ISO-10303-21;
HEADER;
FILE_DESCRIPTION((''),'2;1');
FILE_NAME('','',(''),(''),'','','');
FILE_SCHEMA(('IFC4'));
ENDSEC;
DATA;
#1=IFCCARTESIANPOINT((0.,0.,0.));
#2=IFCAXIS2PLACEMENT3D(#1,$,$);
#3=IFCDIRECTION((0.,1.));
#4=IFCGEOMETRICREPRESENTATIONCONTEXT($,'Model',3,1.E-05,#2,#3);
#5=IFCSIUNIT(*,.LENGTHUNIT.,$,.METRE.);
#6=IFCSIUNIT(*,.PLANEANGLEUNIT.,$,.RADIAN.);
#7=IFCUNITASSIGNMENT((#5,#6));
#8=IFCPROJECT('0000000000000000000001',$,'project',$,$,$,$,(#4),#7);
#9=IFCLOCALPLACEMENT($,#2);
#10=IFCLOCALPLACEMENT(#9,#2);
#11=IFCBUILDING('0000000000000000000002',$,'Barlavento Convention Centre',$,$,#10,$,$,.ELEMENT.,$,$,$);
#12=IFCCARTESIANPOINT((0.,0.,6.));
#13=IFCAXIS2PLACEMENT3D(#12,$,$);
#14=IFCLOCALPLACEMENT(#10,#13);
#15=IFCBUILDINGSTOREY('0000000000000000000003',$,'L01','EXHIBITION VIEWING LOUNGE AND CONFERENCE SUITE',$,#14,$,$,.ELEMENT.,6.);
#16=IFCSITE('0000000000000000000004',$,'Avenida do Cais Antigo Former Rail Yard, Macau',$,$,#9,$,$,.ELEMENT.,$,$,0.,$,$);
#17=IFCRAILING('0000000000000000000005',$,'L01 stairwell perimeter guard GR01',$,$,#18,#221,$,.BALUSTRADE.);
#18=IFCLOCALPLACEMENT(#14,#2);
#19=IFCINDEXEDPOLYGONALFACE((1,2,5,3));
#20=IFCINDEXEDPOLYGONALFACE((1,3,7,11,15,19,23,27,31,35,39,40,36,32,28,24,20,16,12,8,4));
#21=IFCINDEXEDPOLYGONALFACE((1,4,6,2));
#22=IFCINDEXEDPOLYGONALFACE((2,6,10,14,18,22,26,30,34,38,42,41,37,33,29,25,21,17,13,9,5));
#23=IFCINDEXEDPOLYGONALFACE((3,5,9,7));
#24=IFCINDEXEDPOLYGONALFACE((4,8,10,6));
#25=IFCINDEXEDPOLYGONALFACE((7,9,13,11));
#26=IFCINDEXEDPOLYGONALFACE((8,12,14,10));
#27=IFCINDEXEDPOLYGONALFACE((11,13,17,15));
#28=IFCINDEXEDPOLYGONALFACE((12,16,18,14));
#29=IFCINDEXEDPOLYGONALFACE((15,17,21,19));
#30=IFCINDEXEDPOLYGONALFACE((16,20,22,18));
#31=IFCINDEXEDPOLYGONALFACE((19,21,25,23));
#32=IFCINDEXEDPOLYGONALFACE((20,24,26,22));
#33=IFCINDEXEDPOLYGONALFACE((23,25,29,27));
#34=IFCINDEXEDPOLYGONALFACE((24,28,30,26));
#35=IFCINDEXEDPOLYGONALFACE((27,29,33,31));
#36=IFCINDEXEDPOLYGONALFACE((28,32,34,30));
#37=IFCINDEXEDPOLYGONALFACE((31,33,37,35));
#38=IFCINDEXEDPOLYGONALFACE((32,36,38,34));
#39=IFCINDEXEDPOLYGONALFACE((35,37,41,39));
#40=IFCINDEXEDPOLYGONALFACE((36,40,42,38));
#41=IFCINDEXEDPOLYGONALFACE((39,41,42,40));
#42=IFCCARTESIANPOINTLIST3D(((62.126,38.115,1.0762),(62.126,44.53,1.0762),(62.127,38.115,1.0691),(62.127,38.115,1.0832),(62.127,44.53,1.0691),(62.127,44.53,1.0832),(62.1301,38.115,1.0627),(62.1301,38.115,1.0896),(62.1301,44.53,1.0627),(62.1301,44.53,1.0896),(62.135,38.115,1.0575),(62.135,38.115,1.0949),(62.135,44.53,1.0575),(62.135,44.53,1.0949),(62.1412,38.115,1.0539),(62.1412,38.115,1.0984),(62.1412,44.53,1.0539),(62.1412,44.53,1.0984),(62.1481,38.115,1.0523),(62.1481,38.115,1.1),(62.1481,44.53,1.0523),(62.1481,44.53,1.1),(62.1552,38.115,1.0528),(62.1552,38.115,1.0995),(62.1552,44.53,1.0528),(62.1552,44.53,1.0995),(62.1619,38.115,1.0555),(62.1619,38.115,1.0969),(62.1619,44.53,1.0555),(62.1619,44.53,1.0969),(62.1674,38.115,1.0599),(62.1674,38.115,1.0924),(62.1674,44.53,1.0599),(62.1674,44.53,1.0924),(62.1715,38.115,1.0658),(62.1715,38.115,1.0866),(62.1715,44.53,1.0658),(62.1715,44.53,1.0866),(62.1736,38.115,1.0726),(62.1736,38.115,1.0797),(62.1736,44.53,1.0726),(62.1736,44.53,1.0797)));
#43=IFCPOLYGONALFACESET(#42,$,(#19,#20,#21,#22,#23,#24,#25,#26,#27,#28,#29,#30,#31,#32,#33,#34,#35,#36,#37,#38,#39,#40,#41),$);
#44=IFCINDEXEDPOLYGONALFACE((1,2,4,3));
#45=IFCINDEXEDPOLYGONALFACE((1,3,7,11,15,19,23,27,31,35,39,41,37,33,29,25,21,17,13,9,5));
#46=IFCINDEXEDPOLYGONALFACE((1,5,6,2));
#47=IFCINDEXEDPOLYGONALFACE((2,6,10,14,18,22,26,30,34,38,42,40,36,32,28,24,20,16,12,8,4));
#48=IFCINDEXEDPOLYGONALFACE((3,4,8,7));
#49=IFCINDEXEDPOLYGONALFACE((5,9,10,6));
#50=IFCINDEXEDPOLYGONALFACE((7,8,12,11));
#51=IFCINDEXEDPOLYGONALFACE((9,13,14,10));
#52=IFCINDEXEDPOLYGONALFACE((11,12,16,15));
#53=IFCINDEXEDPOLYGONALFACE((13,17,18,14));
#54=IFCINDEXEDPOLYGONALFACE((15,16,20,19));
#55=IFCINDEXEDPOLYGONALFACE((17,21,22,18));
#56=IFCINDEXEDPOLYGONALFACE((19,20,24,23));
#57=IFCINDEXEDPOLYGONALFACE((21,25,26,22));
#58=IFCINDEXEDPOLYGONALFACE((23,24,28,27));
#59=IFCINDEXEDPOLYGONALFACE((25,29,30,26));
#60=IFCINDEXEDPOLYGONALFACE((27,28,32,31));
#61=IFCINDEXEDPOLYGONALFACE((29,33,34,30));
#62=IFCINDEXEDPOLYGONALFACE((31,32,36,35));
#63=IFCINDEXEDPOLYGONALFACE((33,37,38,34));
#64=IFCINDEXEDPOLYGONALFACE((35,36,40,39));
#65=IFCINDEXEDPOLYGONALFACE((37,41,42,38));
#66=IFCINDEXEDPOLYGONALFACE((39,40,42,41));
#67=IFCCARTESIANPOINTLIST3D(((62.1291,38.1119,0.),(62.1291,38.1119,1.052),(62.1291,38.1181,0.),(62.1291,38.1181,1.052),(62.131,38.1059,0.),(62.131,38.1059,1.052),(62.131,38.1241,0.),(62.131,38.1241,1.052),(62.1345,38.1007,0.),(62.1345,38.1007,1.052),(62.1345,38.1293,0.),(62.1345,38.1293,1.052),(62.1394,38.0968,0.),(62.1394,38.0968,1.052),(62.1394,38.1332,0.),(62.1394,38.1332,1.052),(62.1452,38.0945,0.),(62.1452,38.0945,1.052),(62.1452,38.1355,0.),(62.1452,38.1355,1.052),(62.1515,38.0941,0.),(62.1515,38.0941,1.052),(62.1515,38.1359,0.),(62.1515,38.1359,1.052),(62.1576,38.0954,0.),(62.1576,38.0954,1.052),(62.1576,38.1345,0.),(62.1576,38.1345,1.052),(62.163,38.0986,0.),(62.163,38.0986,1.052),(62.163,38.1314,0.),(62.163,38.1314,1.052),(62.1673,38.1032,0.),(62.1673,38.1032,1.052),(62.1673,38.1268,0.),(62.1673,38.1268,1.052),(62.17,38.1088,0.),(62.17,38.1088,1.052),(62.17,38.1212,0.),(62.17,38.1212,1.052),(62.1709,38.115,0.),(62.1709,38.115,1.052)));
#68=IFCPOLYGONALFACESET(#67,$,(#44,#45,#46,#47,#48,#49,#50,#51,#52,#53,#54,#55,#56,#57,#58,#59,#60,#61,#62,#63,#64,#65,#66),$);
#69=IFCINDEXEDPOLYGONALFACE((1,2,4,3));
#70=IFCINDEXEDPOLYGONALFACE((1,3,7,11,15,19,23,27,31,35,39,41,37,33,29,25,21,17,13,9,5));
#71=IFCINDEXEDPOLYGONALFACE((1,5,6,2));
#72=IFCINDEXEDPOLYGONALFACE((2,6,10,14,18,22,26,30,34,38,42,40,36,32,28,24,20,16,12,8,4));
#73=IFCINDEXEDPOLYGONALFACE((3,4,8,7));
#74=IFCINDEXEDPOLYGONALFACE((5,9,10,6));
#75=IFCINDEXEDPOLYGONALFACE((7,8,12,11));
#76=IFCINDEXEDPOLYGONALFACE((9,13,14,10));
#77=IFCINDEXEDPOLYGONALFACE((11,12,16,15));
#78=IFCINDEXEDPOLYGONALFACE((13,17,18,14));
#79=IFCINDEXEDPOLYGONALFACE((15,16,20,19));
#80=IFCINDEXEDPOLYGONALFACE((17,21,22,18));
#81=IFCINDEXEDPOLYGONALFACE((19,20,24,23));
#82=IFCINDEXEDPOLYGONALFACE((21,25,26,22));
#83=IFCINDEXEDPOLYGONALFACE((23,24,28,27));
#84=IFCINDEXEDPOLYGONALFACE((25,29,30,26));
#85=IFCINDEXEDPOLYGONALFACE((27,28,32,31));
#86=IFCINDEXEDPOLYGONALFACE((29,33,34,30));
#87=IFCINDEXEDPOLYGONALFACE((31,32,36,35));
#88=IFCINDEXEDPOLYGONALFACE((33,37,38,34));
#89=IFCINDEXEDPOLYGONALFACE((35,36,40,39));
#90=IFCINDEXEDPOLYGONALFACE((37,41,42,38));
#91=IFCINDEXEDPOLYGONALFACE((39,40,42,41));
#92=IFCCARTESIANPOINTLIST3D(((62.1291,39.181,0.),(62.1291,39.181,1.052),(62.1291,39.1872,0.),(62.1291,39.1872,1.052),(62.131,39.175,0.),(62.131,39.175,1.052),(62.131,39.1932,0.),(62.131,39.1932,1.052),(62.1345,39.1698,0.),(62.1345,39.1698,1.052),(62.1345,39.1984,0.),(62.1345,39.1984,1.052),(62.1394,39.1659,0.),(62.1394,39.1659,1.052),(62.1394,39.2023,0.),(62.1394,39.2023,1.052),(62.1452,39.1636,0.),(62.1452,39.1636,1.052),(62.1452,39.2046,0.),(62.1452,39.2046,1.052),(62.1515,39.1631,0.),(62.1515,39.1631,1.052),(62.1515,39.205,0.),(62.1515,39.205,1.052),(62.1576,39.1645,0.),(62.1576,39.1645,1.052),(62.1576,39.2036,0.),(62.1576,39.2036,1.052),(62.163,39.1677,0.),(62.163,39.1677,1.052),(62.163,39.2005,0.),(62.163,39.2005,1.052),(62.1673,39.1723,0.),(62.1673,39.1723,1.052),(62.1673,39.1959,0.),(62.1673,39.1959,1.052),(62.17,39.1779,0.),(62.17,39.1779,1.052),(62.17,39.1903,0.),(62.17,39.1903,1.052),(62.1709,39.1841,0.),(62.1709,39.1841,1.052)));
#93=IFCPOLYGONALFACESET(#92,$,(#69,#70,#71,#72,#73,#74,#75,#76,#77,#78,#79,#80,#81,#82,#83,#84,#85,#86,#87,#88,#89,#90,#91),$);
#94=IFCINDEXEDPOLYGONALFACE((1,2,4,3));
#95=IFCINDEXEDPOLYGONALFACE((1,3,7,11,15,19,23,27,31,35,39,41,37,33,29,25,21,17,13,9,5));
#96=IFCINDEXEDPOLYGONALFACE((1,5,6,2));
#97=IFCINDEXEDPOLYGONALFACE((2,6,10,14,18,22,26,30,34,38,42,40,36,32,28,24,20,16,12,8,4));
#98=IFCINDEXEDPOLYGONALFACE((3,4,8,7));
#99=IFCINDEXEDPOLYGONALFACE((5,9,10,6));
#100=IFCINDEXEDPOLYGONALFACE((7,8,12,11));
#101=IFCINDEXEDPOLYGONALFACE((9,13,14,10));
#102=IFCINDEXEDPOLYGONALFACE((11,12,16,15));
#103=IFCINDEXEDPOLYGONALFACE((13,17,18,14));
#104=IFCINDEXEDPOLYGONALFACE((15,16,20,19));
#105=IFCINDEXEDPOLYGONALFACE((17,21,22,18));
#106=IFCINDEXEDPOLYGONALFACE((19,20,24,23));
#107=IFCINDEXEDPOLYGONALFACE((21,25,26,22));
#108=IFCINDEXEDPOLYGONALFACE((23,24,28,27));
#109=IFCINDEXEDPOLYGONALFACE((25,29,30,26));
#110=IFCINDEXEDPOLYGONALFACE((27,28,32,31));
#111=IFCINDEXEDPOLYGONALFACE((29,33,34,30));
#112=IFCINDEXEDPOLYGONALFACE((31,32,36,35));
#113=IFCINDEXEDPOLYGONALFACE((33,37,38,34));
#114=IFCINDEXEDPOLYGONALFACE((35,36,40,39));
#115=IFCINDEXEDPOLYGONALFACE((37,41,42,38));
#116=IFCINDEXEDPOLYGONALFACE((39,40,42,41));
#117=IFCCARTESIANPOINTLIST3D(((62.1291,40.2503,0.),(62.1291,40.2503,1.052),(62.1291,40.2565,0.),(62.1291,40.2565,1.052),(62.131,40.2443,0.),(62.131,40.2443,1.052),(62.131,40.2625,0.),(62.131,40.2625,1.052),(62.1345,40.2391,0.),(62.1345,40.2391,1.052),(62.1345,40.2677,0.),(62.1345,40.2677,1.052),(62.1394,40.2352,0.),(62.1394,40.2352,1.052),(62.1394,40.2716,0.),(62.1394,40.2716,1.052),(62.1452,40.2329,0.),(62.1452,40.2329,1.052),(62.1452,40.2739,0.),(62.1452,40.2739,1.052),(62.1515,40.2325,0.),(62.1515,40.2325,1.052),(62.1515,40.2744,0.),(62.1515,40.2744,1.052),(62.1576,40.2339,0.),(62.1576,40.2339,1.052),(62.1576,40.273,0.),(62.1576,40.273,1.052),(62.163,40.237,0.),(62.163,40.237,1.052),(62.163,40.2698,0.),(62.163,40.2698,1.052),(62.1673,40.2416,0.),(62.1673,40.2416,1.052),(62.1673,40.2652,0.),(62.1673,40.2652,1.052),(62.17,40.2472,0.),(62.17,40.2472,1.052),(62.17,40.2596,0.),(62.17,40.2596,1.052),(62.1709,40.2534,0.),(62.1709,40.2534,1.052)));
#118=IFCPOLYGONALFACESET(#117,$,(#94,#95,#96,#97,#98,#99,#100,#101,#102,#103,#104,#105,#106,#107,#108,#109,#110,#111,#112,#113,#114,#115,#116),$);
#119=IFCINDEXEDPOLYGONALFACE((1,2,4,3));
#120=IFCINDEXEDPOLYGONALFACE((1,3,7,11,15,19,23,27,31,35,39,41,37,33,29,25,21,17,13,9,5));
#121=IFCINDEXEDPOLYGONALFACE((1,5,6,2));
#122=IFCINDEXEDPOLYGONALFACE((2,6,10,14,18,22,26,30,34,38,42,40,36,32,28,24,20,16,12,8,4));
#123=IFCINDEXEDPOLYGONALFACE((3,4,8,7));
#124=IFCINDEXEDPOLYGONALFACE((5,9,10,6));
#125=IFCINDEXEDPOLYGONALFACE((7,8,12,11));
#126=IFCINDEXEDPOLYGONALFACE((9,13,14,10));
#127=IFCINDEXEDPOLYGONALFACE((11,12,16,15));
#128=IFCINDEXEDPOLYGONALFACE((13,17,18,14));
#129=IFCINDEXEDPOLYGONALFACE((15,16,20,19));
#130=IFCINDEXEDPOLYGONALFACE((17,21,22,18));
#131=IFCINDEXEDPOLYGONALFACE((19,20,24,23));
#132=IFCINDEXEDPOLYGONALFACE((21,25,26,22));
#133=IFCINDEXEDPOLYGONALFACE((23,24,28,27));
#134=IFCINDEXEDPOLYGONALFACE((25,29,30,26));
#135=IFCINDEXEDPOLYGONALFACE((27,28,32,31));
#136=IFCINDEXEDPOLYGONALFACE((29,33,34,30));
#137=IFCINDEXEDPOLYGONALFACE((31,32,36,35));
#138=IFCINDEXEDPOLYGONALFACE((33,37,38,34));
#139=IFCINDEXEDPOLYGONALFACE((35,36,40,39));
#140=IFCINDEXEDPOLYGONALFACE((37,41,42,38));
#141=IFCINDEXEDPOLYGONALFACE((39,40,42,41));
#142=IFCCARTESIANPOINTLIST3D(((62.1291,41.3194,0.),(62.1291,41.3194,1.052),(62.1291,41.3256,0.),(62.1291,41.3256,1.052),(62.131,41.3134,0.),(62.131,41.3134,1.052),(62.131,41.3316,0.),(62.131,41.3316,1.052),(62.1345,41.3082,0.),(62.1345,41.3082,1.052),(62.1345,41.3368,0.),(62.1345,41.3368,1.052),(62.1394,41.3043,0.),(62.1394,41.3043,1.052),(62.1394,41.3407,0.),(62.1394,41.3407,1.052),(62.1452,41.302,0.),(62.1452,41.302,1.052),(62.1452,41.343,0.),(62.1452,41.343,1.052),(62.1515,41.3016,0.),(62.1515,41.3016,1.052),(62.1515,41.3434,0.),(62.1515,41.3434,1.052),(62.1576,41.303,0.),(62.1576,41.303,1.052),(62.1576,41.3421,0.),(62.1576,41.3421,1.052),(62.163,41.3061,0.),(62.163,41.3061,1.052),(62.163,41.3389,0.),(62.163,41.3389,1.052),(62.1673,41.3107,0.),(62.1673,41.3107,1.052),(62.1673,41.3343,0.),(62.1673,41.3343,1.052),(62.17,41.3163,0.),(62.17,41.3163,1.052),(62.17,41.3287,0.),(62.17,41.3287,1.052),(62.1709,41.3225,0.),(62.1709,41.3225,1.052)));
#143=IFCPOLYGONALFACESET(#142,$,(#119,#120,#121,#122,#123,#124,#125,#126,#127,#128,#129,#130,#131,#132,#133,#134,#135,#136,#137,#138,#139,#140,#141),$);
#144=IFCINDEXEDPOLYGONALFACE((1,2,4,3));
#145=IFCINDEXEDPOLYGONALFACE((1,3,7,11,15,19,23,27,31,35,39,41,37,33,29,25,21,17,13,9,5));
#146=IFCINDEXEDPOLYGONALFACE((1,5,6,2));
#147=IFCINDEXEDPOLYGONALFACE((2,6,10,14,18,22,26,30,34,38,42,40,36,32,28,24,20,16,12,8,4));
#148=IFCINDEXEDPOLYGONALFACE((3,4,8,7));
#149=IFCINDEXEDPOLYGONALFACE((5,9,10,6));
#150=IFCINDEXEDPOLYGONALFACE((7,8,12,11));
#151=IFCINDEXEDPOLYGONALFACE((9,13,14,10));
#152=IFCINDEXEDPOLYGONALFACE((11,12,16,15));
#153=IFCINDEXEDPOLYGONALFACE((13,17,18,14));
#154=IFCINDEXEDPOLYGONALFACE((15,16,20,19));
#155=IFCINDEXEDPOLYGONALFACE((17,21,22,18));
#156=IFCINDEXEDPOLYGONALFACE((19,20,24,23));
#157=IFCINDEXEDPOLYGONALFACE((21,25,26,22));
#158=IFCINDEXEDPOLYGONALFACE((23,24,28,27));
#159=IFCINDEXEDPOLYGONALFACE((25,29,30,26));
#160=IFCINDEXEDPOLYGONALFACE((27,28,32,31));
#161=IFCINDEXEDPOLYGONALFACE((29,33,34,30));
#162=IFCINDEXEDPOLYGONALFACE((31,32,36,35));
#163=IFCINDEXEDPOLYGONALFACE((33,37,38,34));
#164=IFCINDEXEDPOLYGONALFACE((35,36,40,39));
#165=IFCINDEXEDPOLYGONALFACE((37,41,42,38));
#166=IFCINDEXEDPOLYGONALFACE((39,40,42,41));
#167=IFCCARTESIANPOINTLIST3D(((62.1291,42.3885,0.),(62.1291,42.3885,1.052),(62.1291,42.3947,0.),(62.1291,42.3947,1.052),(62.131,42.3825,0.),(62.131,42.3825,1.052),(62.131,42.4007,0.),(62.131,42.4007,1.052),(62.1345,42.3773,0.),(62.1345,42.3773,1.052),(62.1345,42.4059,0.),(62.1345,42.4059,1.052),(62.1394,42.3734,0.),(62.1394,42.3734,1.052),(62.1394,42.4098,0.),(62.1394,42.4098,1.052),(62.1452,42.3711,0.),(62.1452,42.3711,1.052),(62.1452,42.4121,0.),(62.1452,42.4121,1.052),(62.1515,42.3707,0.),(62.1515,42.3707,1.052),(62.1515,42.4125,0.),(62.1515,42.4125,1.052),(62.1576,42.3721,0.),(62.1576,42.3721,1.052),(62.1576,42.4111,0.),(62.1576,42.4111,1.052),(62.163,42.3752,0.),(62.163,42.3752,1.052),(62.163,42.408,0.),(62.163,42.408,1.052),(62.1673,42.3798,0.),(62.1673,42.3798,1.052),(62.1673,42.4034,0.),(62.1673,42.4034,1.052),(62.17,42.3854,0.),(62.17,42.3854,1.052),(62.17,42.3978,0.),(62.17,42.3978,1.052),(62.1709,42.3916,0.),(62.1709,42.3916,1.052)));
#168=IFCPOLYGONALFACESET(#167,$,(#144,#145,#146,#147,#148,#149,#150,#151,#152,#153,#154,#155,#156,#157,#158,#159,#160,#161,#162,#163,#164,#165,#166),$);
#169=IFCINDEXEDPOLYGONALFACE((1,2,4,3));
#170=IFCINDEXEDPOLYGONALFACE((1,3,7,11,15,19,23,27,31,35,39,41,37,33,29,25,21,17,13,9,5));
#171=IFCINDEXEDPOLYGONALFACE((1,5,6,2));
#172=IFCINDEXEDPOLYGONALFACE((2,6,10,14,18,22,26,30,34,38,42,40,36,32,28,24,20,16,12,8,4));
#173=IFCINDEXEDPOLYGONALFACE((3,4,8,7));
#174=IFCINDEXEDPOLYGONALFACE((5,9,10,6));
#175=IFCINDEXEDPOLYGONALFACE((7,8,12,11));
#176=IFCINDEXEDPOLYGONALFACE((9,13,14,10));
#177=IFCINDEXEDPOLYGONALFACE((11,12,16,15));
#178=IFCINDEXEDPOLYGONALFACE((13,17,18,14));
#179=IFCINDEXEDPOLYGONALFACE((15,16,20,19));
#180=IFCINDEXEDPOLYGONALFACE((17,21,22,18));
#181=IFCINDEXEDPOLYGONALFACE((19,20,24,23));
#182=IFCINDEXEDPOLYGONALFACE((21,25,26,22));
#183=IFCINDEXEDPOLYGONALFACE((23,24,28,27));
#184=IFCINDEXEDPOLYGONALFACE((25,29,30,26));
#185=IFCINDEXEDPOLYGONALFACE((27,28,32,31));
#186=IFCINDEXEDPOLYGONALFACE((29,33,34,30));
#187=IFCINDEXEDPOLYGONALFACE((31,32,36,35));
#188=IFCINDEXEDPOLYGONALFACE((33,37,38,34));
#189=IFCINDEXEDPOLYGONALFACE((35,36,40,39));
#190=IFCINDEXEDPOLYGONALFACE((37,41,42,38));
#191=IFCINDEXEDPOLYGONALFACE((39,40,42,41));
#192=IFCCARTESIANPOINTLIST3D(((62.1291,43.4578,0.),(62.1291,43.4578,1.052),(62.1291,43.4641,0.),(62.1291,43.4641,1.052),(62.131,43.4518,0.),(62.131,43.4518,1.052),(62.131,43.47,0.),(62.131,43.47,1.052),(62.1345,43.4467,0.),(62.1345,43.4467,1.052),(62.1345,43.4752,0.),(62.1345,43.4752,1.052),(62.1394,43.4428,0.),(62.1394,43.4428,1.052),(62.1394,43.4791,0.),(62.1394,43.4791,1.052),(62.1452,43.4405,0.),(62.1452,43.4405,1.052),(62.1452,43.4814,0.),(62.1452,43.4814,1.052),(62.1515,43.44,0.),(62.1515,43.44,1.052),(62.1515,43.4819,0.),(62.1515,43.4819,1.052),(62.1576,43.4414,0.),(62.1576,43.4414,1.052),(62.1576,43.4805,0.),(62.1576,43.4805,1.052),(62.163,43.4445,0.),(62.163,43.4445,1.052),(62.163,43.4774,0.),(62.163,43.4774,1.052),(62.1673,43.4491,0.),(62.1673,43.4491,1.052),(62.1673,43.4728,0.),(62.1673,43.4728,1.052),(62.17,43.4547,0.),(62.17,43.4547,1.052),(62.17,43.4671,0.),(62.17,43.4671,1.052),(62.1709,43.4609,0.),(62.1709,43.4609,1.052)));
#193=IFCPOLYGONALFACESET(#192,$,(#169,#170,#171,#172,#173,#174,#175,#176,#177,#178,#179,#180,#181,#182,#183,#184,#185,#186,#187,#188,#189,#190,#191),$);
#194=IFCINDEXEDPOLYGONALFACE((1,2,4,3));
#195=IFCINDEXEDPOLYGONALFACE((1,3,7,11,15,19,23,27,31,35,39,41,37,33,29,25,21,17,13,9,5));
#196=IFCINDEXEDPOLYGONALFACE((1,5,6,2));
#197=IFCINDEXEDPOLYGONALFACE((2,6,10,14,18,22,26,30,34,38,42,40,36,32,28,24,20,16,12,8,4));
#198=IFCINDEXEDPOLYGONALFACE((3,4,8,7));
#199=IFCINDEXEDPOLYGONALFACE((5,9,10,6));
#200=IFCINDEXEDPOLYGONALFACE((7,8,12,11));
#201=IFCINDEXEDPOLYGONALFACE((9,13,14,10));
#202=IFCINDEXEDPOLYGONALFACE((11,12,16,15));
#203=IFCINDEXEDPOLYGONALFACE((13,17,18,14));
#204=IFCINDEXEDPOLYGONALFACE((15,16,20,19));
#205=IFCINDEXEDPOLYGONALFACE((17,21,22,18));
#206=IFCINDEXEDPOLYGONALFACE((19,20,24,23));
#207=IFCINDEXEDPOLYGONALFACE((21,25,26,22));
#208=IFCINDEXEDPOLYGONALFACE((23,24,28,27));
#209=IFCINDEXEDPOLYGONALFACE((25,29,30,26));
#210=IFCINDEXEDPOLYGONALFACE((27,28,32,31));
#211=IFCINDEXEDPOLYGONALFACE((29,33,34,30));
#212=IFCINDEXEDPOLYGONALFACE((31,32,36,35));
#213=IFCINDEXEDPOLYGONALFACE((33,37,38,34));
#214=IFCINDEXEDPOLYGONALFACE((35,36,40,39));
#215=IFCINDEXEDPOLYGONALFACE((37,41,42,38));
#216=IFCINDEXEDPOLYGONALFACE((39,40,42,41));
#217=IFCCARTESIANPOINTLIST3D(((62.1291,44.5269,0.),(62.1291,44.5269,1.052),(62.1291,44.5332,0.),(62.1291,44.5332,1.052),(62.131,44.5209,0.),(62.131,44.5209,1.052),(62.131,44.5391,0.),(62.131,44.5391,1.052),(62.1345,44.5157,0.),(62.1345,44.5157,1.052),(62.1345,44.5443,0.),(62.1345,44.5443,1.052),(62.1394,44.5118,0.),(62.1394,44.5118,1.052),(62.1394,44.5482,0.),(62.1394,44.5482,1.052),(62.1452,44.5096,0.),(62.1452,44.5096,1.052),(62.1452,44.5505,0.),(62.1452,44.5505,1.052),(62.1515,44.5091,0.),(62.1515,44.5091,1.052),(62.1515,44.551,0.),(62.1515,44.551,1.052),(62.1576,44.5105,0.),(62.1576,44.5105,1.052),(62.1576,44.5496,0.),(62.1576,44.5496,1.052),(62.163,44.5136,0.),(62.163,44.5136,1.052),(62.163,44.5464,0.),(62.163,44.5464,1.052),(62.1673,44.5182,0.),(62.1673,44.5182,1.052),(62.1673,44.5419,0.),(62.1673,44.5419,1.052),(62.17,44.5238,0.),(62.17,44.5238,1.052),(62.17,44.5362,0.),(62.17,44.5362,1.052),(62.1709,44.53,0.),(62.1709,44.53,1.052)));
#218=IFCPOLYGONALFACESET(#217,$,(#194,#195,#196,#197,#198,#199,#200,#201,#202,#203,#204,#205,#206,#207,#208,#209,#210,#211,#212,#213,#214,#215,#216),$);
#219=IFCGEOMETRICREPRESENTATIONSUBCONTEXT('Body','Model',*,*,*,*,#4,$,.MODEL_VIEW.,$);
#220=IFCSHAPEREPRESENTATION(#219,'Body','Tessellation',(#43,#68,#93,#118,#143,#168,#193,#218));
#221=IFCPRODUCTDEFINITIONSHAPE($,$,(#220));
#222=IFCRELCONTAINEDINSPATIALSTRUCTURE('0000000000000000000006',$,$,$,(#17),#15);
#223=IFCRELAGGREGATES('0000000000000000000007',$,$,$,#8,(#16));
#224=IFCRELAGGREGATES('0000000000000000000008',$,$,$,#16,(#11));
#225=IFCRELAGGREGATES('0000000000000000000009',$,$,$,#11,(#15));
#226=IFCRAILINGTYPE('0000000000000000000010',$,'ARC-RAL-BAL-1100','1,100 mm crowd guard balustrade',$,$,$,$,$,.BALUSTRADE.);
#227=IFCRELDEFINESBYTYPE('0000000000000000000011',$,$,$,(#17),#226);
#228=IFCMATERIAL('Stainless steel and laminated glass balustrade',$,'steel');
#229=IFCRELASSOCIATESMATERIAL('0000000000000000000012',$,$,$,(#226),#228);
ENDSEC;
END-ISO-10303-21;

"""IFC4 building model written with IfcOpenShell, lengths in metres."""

from ifc_helpers import new_model, si_unit, direction, frame, origin, origin_2d, place, context, subcontext, project, spatial, circle, extrude, material, type_object, element, save


model = new_model("IFC4")

# Units and contexts
model_context = context("Model", 3, precision=1e-05, world=origin(), true_north=direction((0.0, 1.0)))
body_context = subcontext(model_context, "Body", "Model", "MODEL_VIEW")
ifc_project = project(units=[si_unit("LENGTHUNIT", "METRE"), si_unit("PLANEANGLEUNIT", "RADIAN")], contexts=[model_context])

# Site, building, storey
site_placement = place(None, origin())
site = spatial("IfcSite", under=ifc_project, at=site_placement, Name="Avenida do Cais Antigo Former Rail Yard, Macau", CompositionType="ELEMENT", RefElevation=0.0)
building_placement = place(site_placement, origin())
building = spatial("IfcBuilding", under=site, at=building_placement, Name="Barlavento Convention Centre", CompositionType="ELEMENT")
storey_placement = place(building_placement, frame((0.0, 0.0, 6.0)))
storey = spatial("IfcBuildingStorey", under=building, at=storey_placement, Name="L01", Description="EXHIBITION VIEWING LOUNGE AND CONFERENCE SUITE", CompositionType="ELEMENT", Elevation=6.0)

# Railing
ifc_material_1 = material(Name="Stainless steel and laminated glass balustrade", Category="steel")
railing_type_1 = type_object("IfcRailingType", Name="ARC-RAL-BAL-1100", Description="1,100 mm crowd guard balustrade", PredefinedType="BALUSTRADE", material=ifc_material_1)
railing_1_placement = place(storey_placement, frame((62.1499, 38.115, 0.0)))
element("IfcRailing", 1, at=railing_1_placement, inside=storey, type_object=railing_type_1, Name="L01 stairwell perimeter guard GR01", PredefinedType="BALUSTRADE", context=body_context, shape_type="SweptSolid", body=[
    extrude(circle(Radius=0.0239, at=origin_2d()), frame((0.0, 0.0, 1.0762), z_axis=(0.0, 1.0, 0.0), x_axis=(-1.0, 0.0, 0.0)), (0.0, 0.0, 1.0), 6.415),
    extrude(circle(Radius=0.021, at=origin_2d()), origin(), (0.0, 0.0, 1.0), 1.052),
    extrude(circle(Radius=0.021, at=origin_2d()), frame((0.0, 1.0691, 0.0)), (0.0, 0.0, 1.0), 1.052),
    extrude(circle(Radius=0.021, at=origin_2d()), frame((0.0, 2.1384, 0.0)), (0.0, 0.0, 1.0), 1.052),
    extrude(circle(Radius=0.021, at=origin_2d()), frame((0.0, 3.2075, 0.0)), (0.0, 0.0, 1.0), 1.052),
    extrude(circle(Radius=0.021, at=origin_2d()), frame((0.0, 4.2766, 0.0)), (0.0, 0.0, 1.0), 1.052),
    extrude(circle(Radius=0.021, at=origin_2d()), frame((0.0, 5.3459, 0.0)), (0.0, 0.0, 1.0), 1.052),
    extrude(circle(Radius=0.021, at=origin_2d()), frame((0.0, 6.415, 0.0)), (0.0, 0.0, 1.0), 1.052),
])

save(model, "model.ifc")
